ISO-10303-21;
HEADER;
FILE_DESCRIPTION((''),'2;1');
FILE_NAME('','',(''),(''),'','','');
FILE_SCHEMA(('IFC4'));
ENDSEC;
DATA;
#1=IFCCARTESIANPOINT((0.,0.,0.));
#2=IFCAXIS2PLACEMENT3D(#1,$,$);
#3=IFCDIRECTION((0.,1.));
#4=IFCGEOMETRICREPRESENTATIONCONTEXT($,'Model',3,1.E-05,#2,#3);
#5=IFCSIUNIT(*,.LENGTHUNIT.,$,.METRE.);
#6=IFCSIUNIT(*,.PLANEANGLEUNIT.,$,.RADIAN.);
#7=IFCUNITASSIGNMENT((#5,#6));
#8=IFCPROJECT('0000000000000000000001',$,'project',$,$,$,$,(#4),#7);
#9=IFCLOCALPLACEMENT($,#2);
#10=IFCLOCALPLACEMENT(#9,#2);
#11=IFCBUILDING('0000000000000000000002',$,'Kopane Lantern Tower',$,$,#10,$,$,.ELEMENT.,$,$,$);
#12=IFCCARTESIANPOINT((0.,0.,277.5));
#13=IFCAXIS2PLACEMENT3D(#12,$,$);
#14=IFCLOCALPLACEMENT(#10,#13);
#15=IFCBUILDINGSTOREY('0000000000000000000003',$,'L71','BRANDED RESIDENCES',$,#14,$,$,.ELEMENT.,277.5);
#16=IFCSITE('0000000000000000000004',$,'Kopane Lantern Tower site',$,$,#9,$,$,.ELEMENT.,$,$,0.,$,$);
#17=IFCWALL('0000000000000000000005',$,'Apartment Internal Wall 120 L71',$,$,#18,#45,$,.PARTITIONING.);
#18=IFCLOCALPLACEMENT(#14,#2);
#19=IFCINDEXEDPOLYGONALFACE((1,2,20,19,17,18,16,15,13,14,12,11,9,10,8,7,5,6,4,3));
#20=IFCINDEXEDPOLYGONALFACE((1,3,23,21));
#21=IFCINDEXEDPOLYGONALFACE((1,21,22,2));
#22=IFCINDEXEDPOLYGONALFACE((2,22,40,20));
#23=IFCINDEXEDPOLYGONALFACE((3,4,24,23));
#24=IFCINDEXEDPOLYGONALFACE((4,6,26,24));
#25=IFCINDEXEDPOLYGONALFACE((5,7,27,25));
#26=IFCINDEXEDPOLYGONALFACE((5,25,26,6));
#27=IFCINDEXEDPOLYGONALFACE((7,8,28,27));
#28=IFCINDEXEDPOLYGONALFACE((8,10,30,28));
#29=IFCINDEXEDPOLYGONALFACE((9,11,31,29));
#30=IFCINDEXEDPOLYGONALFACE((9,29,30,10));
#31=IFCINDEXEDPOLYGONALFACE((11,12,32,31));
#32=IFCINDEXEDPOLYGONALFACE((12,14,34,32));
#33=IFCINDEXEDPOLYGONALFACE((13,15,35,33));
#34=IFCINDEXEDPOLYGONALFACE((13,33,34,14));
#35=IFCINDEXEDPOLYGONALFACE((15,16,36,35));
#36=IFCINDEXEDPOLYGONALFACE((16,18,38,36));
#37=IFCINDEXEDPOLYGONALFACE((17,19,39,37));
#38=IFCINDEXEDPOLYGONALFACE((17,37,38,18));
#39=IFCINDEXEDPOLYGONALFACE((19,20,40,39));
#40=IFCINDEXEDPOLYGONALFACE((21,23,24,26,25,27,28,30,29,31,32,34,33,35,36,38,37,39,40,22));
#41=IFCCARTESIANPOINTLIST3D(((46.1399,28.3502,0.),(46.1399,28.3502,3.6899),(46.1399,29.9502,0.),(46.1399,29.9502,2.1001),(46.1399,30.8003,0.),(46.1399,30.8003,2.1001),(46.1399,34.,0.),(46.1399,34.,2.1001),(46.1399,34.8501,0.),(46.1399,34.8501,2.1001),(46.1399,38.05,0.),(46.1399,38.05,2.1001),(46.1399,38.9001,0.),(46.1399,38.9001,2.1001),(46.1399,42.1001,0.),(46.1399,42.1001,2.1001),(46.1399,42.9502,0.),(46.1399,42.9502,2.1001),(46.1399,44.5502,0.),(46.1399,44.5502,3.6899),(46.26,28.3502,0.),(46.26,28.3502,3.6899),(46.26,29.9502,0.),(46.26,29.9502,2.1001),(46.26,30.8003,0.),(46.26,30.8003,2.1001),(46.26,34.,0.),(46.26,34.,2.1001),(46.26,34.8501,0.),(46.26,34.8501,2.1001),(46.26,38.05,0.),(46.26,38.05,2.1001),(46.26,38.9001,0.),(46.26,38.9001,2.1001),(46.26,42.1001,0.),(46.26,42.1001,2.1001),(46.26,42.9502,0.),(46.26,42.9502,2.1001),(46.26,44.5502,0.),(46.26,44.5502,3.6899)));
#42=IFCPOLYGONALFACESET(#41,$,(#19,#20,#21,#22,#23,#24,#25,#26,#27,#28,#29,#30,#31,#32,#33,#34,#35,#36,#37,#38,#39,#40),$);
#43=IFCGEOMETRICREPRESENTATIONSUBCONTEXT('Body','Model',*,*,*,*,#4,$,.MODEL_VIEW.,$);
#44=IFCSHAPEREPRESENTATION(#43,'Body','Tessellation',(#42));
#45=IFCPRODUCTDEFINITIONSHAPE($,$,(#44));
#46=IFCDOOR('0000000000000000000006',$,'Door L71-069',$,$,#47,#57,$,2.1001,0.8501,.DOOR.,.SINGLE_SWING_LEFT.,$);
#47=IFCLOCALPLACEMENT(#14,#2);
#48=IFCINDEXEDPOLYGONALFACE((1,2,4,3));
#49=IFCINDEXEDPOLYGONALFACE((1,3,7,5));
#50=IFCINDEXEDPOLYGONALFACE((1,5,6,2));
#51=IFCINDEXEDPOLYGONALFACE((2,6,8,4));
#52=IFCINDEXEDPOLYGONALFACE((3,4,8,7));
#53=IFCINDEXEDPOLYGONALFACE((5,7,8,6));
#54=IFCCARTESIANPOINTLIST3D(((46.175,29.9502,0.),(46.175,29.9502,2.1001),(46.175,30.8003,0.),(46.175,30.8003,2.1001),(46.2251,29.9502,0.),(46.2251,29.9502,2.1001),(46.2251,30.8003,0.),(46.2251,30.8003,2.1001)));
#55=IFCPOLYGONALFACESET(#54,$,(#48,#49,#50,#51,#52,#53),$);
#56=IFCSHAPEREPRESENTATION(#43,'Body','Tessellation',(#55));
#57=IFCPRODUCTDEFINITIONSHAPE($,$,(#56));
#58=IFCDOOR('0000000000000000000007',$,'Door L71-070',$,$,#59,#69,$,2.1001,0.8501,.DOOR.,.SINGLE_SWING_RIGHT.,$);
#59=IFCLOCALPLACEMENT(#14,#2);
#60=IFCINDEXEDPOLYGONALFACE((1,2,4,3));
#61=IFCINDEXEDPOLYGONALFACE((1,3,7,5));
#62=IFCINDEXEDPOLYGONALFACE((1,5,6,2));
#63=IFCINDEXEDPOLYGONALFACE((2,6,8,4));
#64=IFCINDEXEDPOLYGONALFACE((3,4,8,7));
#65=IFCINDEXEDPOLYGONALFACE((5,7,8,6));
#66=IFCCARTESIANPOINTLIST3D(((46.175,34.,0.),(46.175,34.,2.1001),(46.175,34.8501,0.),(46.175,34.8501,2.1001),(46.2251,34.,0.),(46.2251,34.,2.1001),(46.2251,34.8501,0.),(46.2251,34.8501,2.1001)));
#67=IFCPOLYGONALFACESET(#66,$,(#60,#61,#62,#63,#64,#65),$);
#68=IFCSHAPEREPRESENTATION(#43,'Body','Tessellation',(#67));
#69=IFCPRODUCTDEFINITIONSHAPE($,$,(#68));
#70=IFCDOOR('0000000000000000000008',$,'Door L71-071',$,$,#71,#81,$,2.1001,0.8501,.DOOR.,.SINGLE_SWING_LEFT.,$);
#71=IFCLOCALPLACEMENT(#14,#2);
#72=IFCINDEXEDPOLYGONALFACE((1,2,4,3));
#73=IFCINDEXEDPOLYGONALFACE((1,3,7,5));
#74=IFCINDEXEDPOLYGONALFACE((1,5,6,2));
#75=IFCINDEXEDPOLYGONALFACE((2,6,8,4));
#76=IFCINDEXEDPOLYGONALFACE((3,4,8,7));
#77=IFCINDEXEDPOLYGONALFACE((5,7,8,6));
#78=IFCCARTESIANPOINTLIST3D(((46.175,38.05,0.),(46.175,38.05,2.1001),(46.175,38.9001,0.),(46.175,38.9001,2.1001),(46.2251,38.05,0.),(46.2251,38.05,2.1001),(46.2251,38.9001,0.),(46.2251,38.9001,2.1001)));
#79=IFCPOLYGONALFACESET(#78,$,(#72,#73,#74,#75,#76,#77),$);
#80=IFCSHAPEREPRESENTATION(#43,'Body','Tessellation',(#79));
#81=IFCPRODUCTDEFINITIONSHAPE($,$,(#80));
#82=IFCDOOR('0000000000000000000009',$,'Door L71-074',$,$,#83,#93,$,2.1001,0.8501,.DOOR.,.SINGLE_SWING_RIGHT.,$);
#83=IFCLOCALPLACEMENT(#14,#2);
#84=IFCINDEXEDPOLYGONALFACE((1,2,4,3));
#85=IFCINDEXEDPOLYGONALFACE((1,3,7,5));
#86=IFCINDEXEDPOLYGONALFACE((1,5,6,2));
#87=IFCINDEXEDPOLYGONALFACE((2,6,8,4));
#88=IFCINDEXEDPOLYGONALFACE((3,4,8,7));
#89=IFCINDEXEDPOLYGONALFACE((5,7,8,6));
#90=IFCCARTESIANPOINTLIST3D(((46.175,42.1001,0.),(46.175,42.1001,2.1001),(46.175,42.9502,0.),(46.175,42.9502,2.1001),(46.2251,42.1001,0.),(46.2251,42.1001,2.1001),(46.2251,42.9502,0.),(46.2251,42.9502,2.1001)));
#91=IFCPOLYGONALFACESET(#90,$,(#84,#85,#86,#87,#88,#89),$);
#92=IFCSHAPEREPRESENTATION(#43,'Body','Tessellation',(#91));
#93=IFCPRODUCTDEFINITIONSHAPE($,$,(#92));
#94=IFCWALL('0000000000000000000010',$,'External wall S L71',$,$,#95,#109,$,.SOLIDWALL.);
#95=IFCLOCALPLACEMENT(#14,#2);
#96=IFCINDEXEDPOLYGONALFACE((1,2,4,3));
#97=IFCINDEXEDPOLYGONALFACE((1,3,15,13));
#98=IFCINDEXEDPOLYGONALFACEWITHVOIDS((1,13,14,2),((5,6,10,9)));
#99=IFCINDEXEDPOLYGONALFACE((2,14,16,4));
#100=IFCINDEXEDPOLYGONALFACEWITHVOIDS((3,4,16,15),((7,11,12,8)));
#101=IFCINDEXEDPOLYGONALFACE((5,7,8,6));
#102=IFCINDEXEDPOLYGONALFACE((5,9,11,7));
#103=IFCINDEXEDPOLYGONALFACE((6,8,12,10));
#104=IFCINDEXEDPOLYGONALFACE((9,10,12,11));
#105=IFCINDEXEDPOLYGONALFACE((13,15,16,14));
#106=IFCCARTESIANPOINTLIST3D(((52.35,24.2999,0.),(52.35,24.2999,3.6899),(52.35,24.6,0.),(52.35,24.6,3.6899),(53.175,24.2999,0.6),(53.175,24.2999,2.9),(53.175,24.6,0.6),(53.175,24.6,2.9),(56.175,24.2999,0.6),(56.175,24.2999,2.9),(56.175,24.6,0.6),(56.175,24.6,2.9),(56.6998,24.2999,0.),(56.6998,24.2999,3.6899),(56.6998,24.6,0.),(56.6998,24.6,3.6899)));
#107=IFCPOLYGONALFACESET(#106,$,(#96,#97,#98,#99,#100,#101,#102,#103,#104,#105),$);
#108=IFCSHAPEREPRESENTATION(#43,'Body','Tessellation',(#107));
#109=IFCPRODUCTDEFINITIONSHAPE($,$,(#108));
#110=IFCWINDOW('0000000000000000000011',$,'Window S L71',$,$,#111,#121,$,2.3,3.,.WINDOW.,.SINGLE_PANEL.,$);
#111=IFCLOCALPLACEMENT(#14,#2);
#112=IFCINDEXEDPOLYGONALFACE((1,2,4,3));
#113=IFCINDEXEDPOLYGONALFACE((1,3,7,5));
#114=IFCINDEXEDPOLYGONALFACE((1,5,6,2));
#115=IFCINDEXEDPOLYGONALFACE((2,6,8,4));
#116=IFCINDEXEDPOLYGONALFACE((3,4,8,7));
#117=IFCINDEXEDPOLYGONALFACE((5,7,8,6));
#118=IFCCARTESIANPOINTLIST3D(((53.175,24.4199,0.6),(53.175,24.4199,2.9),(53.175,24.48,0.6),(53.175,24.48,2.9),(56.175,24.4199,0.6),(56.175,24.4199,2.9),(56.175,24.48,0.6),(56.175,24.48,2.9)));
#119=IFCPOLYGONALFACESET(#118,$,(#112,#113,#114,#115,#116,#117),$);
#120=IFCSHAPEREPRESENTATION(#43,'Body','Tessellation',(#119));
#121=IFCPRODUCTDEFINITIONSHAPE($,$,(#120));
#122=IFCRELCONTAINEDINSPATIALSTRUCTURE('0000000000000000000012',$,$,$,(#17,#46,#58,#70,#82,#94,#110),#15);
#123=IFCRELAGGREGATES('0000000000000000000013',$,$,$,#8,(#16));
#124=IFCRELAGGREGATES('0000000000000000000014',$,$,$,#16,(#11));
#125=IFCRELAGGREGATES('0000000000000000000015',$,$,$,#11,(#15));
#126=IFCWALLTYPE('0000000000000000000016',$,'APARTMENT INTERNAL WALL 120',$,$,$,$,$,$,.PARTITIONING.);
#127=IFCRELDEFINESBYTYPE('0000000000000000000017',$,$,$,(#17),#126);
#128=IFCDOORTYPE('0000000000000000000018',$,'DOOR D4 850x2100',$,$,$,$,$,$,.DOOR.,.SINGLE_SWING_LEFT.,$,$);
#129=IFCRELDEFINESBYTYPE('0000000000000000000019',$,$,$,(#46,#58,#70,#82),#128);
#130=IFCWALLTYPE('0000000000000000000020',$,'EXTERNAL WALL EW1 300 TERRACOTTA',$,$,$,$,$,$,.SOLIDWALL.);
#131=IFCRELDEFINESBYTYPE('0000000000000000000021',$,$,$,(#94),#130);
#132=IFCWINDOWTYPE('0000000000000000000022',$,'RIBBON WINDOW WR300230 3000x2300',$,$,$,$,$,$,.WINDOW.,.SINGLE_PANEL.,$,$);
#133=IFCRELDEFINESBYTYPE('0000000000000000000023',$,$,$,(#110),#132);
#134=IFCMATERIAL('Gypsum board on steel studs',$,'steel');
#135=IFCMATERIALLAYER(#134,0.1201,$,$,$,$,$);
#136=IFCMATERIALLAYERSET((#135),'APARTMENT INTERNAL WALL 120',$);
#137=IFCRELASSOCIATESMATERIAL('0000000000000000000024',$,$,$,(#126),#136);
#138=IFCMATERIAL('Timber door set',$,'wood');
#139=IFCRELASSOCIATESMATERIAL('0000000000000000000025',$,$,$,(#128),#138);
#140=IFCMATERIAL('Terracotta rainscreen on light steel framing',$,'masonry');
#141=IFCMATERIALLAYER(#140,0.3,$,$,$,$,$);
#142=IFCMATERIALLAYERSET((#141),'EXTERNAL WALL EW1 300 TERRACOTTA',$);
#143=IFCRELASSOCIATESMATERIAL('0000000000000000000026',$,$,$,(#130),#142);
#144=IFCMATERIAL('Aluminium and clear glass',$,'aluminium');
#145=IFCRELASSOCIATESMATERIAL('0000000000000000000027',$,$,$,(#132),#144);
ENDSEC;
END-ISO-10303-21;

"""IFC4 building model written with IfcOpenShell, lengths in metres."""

from ifc_helpers import new_model, si_unit, direction, frame, frame_2d, origin, place, context, subcontext, project, spatial, rectangle, extrude, material, layer, layer_set, type_object, element, fill, save


model = new_model("IFC4")

# Units and contexts
model_context = context("Model", 3, precision=1e-05, world=origin(), true_north=direction((0.0, 1.0)))
body_context = subcontext(model_context, "Body", "Model", "MODEL_VIEW")
ifc_project = project(units=[si_unit("LENGTHUNIT", "METRE"), si_unit("PLANEANGLEUNIT", "RADIAN")], contexts=[model_context])

# Site, building, storey
site_placement = place(None, origin())
site = spatial("IfcSite", under=ifc_project, at=site_placement, Name="Kopane Lantern Tower site", CompositionType="ELEMENT", RefElevation=0.0)
building_placement = place(site_placement, origin())
building = spatial("IfcBuilding", under=site, at=building_placement, Name="Kopane Lantern Tower", CompositionType="ELEMENT")
storey_placement = place(building_placement, frame((0.0, 0.0, 277.5)))
storey = spatial("IfcBuildingStorey", under=building, at=storey_placement, Name="L71", Description="BRANDED RESIDENCES", CompositionType="ELEMENT", Elevation=277.5)

# Wall, openings, doors
ifc_material_1 = material(Name="Gypsum board on steel studs", Category="steel")
ifc_layer_1 = layer(ifc_material_1, 0.1201)
ifc_layer_set_1 = layer_set([ifc_layer_1], Name="APARTMENT INTERNAL WALL 120")
wall_type_1 = type_object("IfcWallType", Name="APARTMENT INTERNAL WALL 120", PredefinedType="PARTITIONING", material=ifc_layer_set_1)
wall_1_placement = place(storey_placement, frame((46.2, 28.3501, 0.0), z_axis=(0.0, 0.0, 1.0), x_axis=(0.0, 1.0, 0.0)))
wall_1 = element("IfcWall", 1, at=wall_1_placement, inside=storey, type_object=wall_type_1, Name="Apartment Internal Wall 120 L71", PredefinedType="PARTITIONING", context=body_context, shape_type="SweptSolid", body=[
    extrude(rectangle(XDim=16.2, YDim=0.1201, at=frame_2d((8.1001, 0.0))), origin(), (0.0, 0.0, 1.0), 3.6899),
])
opening_1_placement = place(wall_1_placement, frame((1.6001, 0.0, 0.0)))
opening_1 = element("IfcOpeningElement", 2, at=opening_1_placement, cuts=wall_1, PredefinedType="OPENING", context=body_context, shape_type="SweptSolid", body=[
    extrude(rectangle(XDim=0.8501, YDim=2.1001, at=frame_2d((0.425, 1.05))), frame((0.0, 0.0701, 0.0), z_axis=(0.0, -1.0, 0.0), x_axis=(1.0, 0.0, 0.0)), (0.0, 0.0, 1.0), 0.1401),
])
opening_2_placement = place(wall_1_placement, frame((5.6499, 0.0, 0.0)))
opening_2 = element("IfcOpeningElement", 3, at=opening_2_placement, cuts=wall_1, PredefinedType="OPENING", context=body_context, shape_type="SweptSolid", body=[
    extrude(rectangle(XDim=0.8501, YDim=2.1001, at=frame_2d((0.425, 1.05))), frame((0.0, 0.0701, 0.0), z_axis=(0.0, -1.0, 0.0), x_axis=(1.0, 0.0, 0.0)), (0.0, 0.0, 1.0), 0.1401),
])
opening_3_placement = place(wall_1_placement, frame((9.7, 0.0, 0.0)))
opening_3 = element("IfcOpeningElement", 4, at=opening_3_placement, cuts=wall_1, PredefinedType="OPENING", context=body_context, shape_type="SweptSolid", body=[
    extrude(rectangle(XDim=0.8501, YDim=2.1001, at=frame_2d((0.425, 1.05))), frame((0.0, 0.0701, 0.0), z_axis=(0.0, -1.0, 0.0), x_axis=(1.0, 0.0, 0.0)), (0.0, 0.0, 1.0), 0.1401),
])
opening_4_placement = place(wall_1_placement, frame((13.75, 0.0, 0.0)))
opening_4 = element("IfcOpeningElement", 5, at=opening_4_placement, cuts=wall_1, PredefinedType="OPENING", context=body_context, shape_type="SweptSolid", body=[
    extrude(rectangle(XDim=0.8501, YDim=2.1001, at=frame_2d((0.425, 1.05))), frame((0.0, 0.0701, 0.0), z_axis=(0.0, -1.0, 0.0), x_axis=(1.0, 0.0, 0.0)), (0.0, 0.0, 1.0), 0.1401),
])
ifc_material_2 = material(Name="Timber door set", Category="wood")
door_type = type_object("IfcDoorType", Name="DOOR D4 850x2100", OperationType="SINGLE_SWING_LEFT", PredefinedType="DOOR", material=ifc_material_2)
door_1_placement = place(opening_1_placement, origin())
door_1 = element("IfcDoor", 6, at=door_1_placement, inside=storey, type_object=door_type, Name="Door L71-069", OperationType="SINGLE_SWING_LEFT", OverallHeight=2.1001, OverallWidth=0.8501, PredefinedType="DOOR", context=body_context, shape_type="SweptSolid", body=[
    extrude(rectangle(XDim=0.8501, YDim=2.1001, at=frame_2d((0.425, 1.05))), frame((0.0, 0.0249, 0.0), z_axis=(0.0, -1.0, 0.0), x_axis=(1.0, 0.0, 0.0)), (0.0, 0.0, 1.0), 0.05),
])
fill(opening_1, door_1)
door_2_placement = place(opening_2_placement, origin())
door_2 = element("IfcDoor", 7, at=door_2_placement, inside=storey, type_object=door_type, Name="Door L71-070", OperationType="SINGLE_SWING_RIGHT", OverallHeight=2.1001, OverallWidth=0.8501, PredefinedType="DOOR", context=body_context, shape_type="SweptSolid", body=[
    extrude(rectangle(XDim=0.8501, YDim=2.1001, at=frame_2d((0.425, 1.05))), frame((0.0, 0.0249, 0.0), z_axis=(0.0, -1.0, 0.0), x_axis=(1.0, 0.0, 0.0)), (0.0, 0.0, 1.0), 0.05),
])
fill(opening_2, door_2)
door_3_placement = place(opening_3_placement, origin())
door_3 = element("IfcDoor", 8, at=door_3_placement, inside=storey, type_object=door_type, Name="Door L71-071", OperationType="SINGLE_SWING_LEFT", OverallHeight=2.1001, OverallWidth=0.8501, PredefinedType="DOOR", context=body_context, shape_type="SweptSolid", body=[
    extrude(rectangle(XDim=0.8501, YDim=2.1001, at=frame_2d((0.425, 1.05))), frame((0.0, 0.0249, 0.0), z_axis=(0.0, -1.0, 0.0), x_axis=(1.0, 0.0, 0.0)), (0.0, 0.0, 1.0), 0.05),
])
fill(opening_3, door_3)
door_4_placement = place(opening_4_placement, origin())
door_4 = element("IfcDoor", 9, at=door_4_placement, inside=storey, type_object=door_type, Name="Door L71-074", OperationType="SINGLE_SWING_RIGHT", OverallHeight=2.1001, OverallWidth=0.8501, PredefinedType="DOOR", context=body_context, shape_type="SweptSolid", body=[
    extrude(rectangle(XDim=0.8501, YDim=2.1001, at=frame_2d((0.425, 1.05))), frame((0.0, 0.0249, 0.0), z_axis=(0.0, -1.0, 0.0), x_axis=(1.0, 0.0, 0.0)), (0.0, 0.0, 1.0), 0.05),
])
fill(opening_4, door_4)

# Wall, opening, window
ifc_material_3 = material(Name="Terracotta rainscreen on light steel framing", Category="masonry")
ifc_layer_2 = layer(ifc_material_3, 0.3)
ifc_layer_set_2 = layer_set([ifc_layer_2], Name="EXTERNAL WALL EW1 300 TERRACOTTA")
wall_type_2 = type_object("IfcWallType", Name="EXTERNAL WALL EW1 300 TERRACOTTA", PredefinedType="SOLIDWALL", material=ifc_layer_set_2)
wall_2_placement = place(storey_placement, frame((52.3501, 24.45, 0.0), z_axis=(0.0, 0.0, 1.0), x_axis=(1.0, 0.0, 0.0)))
wall_2 = element("IfcWall", 10, at=wall_2_placement, inside=storey, type_object=wall_type_2, Name="External wall S L71", PredefinedType="SOLIDWALL", context=body_context, shape_type="SweptSolid", body=[
    extrude(rectangle(XDim=4.3499, YDim=0.3, at=frame_2d((2.1748, 0.0))), origin(), (0.0, 0.0, 1.0), 3.6899),
])
opening_5_placement = place(wall_2_placement, frame((0.825, 0.0, 0.6001)))
opening_5 = element("IfcOpeningElement", 11, at=opening_5_placement, cuts=wall_2, PredefinedType="OPENING", context=body_context, shape_type="SweptSolid", body=[
    extrude(rectangle(XDim=3.0, YDim=2.3, at=frame_2d((1.5, 1.1499))), frame((0.0, 0.1599, 0.0), z_axis=(0.0, -1.0, 0.0), x_axis=(1.0, 0.0, 0.0)), (0.0, 0.0, 1.0), 0.3201),
])
ifc_material_4 = material(Name="Aluminium and clear glass", Category="aluminium")
window_type_1 = type_object("IfcWindowType", Name="RIBBON WINDOW WR300230 3000x2300", PartitioningType="SINGLE_PANEL", PredefinedType="WINDOW", material=ifc_material_4)
window_1_placement = place(opening_5_placement, origin())
window_1 = element("IfcWindow", 12, at=window_1_placement, inside=storey, type_object=window_type_1, Name="Window S L71", OverallHeight=2.3, OverallWidth=3.0, PartitioningType="SINGLE_PANEL", PredefinedType="WINDOW", context=body_context, shape_type="SweptSolid", body=[
    extrude(rectangle(XDim=3.0, YDim=2.3, at=frame_2d((1.5, 1.1499))), frame((0.0, 0.03, 0.0), z_axis=(0.0, -1.0, 0.0), x_axis=(1.0, 0.0, 0.0)), (0.0, 0.0, 1.0), 0.0601),
])
fill(opening_5, window_1)

save(model, "model.ifc")
